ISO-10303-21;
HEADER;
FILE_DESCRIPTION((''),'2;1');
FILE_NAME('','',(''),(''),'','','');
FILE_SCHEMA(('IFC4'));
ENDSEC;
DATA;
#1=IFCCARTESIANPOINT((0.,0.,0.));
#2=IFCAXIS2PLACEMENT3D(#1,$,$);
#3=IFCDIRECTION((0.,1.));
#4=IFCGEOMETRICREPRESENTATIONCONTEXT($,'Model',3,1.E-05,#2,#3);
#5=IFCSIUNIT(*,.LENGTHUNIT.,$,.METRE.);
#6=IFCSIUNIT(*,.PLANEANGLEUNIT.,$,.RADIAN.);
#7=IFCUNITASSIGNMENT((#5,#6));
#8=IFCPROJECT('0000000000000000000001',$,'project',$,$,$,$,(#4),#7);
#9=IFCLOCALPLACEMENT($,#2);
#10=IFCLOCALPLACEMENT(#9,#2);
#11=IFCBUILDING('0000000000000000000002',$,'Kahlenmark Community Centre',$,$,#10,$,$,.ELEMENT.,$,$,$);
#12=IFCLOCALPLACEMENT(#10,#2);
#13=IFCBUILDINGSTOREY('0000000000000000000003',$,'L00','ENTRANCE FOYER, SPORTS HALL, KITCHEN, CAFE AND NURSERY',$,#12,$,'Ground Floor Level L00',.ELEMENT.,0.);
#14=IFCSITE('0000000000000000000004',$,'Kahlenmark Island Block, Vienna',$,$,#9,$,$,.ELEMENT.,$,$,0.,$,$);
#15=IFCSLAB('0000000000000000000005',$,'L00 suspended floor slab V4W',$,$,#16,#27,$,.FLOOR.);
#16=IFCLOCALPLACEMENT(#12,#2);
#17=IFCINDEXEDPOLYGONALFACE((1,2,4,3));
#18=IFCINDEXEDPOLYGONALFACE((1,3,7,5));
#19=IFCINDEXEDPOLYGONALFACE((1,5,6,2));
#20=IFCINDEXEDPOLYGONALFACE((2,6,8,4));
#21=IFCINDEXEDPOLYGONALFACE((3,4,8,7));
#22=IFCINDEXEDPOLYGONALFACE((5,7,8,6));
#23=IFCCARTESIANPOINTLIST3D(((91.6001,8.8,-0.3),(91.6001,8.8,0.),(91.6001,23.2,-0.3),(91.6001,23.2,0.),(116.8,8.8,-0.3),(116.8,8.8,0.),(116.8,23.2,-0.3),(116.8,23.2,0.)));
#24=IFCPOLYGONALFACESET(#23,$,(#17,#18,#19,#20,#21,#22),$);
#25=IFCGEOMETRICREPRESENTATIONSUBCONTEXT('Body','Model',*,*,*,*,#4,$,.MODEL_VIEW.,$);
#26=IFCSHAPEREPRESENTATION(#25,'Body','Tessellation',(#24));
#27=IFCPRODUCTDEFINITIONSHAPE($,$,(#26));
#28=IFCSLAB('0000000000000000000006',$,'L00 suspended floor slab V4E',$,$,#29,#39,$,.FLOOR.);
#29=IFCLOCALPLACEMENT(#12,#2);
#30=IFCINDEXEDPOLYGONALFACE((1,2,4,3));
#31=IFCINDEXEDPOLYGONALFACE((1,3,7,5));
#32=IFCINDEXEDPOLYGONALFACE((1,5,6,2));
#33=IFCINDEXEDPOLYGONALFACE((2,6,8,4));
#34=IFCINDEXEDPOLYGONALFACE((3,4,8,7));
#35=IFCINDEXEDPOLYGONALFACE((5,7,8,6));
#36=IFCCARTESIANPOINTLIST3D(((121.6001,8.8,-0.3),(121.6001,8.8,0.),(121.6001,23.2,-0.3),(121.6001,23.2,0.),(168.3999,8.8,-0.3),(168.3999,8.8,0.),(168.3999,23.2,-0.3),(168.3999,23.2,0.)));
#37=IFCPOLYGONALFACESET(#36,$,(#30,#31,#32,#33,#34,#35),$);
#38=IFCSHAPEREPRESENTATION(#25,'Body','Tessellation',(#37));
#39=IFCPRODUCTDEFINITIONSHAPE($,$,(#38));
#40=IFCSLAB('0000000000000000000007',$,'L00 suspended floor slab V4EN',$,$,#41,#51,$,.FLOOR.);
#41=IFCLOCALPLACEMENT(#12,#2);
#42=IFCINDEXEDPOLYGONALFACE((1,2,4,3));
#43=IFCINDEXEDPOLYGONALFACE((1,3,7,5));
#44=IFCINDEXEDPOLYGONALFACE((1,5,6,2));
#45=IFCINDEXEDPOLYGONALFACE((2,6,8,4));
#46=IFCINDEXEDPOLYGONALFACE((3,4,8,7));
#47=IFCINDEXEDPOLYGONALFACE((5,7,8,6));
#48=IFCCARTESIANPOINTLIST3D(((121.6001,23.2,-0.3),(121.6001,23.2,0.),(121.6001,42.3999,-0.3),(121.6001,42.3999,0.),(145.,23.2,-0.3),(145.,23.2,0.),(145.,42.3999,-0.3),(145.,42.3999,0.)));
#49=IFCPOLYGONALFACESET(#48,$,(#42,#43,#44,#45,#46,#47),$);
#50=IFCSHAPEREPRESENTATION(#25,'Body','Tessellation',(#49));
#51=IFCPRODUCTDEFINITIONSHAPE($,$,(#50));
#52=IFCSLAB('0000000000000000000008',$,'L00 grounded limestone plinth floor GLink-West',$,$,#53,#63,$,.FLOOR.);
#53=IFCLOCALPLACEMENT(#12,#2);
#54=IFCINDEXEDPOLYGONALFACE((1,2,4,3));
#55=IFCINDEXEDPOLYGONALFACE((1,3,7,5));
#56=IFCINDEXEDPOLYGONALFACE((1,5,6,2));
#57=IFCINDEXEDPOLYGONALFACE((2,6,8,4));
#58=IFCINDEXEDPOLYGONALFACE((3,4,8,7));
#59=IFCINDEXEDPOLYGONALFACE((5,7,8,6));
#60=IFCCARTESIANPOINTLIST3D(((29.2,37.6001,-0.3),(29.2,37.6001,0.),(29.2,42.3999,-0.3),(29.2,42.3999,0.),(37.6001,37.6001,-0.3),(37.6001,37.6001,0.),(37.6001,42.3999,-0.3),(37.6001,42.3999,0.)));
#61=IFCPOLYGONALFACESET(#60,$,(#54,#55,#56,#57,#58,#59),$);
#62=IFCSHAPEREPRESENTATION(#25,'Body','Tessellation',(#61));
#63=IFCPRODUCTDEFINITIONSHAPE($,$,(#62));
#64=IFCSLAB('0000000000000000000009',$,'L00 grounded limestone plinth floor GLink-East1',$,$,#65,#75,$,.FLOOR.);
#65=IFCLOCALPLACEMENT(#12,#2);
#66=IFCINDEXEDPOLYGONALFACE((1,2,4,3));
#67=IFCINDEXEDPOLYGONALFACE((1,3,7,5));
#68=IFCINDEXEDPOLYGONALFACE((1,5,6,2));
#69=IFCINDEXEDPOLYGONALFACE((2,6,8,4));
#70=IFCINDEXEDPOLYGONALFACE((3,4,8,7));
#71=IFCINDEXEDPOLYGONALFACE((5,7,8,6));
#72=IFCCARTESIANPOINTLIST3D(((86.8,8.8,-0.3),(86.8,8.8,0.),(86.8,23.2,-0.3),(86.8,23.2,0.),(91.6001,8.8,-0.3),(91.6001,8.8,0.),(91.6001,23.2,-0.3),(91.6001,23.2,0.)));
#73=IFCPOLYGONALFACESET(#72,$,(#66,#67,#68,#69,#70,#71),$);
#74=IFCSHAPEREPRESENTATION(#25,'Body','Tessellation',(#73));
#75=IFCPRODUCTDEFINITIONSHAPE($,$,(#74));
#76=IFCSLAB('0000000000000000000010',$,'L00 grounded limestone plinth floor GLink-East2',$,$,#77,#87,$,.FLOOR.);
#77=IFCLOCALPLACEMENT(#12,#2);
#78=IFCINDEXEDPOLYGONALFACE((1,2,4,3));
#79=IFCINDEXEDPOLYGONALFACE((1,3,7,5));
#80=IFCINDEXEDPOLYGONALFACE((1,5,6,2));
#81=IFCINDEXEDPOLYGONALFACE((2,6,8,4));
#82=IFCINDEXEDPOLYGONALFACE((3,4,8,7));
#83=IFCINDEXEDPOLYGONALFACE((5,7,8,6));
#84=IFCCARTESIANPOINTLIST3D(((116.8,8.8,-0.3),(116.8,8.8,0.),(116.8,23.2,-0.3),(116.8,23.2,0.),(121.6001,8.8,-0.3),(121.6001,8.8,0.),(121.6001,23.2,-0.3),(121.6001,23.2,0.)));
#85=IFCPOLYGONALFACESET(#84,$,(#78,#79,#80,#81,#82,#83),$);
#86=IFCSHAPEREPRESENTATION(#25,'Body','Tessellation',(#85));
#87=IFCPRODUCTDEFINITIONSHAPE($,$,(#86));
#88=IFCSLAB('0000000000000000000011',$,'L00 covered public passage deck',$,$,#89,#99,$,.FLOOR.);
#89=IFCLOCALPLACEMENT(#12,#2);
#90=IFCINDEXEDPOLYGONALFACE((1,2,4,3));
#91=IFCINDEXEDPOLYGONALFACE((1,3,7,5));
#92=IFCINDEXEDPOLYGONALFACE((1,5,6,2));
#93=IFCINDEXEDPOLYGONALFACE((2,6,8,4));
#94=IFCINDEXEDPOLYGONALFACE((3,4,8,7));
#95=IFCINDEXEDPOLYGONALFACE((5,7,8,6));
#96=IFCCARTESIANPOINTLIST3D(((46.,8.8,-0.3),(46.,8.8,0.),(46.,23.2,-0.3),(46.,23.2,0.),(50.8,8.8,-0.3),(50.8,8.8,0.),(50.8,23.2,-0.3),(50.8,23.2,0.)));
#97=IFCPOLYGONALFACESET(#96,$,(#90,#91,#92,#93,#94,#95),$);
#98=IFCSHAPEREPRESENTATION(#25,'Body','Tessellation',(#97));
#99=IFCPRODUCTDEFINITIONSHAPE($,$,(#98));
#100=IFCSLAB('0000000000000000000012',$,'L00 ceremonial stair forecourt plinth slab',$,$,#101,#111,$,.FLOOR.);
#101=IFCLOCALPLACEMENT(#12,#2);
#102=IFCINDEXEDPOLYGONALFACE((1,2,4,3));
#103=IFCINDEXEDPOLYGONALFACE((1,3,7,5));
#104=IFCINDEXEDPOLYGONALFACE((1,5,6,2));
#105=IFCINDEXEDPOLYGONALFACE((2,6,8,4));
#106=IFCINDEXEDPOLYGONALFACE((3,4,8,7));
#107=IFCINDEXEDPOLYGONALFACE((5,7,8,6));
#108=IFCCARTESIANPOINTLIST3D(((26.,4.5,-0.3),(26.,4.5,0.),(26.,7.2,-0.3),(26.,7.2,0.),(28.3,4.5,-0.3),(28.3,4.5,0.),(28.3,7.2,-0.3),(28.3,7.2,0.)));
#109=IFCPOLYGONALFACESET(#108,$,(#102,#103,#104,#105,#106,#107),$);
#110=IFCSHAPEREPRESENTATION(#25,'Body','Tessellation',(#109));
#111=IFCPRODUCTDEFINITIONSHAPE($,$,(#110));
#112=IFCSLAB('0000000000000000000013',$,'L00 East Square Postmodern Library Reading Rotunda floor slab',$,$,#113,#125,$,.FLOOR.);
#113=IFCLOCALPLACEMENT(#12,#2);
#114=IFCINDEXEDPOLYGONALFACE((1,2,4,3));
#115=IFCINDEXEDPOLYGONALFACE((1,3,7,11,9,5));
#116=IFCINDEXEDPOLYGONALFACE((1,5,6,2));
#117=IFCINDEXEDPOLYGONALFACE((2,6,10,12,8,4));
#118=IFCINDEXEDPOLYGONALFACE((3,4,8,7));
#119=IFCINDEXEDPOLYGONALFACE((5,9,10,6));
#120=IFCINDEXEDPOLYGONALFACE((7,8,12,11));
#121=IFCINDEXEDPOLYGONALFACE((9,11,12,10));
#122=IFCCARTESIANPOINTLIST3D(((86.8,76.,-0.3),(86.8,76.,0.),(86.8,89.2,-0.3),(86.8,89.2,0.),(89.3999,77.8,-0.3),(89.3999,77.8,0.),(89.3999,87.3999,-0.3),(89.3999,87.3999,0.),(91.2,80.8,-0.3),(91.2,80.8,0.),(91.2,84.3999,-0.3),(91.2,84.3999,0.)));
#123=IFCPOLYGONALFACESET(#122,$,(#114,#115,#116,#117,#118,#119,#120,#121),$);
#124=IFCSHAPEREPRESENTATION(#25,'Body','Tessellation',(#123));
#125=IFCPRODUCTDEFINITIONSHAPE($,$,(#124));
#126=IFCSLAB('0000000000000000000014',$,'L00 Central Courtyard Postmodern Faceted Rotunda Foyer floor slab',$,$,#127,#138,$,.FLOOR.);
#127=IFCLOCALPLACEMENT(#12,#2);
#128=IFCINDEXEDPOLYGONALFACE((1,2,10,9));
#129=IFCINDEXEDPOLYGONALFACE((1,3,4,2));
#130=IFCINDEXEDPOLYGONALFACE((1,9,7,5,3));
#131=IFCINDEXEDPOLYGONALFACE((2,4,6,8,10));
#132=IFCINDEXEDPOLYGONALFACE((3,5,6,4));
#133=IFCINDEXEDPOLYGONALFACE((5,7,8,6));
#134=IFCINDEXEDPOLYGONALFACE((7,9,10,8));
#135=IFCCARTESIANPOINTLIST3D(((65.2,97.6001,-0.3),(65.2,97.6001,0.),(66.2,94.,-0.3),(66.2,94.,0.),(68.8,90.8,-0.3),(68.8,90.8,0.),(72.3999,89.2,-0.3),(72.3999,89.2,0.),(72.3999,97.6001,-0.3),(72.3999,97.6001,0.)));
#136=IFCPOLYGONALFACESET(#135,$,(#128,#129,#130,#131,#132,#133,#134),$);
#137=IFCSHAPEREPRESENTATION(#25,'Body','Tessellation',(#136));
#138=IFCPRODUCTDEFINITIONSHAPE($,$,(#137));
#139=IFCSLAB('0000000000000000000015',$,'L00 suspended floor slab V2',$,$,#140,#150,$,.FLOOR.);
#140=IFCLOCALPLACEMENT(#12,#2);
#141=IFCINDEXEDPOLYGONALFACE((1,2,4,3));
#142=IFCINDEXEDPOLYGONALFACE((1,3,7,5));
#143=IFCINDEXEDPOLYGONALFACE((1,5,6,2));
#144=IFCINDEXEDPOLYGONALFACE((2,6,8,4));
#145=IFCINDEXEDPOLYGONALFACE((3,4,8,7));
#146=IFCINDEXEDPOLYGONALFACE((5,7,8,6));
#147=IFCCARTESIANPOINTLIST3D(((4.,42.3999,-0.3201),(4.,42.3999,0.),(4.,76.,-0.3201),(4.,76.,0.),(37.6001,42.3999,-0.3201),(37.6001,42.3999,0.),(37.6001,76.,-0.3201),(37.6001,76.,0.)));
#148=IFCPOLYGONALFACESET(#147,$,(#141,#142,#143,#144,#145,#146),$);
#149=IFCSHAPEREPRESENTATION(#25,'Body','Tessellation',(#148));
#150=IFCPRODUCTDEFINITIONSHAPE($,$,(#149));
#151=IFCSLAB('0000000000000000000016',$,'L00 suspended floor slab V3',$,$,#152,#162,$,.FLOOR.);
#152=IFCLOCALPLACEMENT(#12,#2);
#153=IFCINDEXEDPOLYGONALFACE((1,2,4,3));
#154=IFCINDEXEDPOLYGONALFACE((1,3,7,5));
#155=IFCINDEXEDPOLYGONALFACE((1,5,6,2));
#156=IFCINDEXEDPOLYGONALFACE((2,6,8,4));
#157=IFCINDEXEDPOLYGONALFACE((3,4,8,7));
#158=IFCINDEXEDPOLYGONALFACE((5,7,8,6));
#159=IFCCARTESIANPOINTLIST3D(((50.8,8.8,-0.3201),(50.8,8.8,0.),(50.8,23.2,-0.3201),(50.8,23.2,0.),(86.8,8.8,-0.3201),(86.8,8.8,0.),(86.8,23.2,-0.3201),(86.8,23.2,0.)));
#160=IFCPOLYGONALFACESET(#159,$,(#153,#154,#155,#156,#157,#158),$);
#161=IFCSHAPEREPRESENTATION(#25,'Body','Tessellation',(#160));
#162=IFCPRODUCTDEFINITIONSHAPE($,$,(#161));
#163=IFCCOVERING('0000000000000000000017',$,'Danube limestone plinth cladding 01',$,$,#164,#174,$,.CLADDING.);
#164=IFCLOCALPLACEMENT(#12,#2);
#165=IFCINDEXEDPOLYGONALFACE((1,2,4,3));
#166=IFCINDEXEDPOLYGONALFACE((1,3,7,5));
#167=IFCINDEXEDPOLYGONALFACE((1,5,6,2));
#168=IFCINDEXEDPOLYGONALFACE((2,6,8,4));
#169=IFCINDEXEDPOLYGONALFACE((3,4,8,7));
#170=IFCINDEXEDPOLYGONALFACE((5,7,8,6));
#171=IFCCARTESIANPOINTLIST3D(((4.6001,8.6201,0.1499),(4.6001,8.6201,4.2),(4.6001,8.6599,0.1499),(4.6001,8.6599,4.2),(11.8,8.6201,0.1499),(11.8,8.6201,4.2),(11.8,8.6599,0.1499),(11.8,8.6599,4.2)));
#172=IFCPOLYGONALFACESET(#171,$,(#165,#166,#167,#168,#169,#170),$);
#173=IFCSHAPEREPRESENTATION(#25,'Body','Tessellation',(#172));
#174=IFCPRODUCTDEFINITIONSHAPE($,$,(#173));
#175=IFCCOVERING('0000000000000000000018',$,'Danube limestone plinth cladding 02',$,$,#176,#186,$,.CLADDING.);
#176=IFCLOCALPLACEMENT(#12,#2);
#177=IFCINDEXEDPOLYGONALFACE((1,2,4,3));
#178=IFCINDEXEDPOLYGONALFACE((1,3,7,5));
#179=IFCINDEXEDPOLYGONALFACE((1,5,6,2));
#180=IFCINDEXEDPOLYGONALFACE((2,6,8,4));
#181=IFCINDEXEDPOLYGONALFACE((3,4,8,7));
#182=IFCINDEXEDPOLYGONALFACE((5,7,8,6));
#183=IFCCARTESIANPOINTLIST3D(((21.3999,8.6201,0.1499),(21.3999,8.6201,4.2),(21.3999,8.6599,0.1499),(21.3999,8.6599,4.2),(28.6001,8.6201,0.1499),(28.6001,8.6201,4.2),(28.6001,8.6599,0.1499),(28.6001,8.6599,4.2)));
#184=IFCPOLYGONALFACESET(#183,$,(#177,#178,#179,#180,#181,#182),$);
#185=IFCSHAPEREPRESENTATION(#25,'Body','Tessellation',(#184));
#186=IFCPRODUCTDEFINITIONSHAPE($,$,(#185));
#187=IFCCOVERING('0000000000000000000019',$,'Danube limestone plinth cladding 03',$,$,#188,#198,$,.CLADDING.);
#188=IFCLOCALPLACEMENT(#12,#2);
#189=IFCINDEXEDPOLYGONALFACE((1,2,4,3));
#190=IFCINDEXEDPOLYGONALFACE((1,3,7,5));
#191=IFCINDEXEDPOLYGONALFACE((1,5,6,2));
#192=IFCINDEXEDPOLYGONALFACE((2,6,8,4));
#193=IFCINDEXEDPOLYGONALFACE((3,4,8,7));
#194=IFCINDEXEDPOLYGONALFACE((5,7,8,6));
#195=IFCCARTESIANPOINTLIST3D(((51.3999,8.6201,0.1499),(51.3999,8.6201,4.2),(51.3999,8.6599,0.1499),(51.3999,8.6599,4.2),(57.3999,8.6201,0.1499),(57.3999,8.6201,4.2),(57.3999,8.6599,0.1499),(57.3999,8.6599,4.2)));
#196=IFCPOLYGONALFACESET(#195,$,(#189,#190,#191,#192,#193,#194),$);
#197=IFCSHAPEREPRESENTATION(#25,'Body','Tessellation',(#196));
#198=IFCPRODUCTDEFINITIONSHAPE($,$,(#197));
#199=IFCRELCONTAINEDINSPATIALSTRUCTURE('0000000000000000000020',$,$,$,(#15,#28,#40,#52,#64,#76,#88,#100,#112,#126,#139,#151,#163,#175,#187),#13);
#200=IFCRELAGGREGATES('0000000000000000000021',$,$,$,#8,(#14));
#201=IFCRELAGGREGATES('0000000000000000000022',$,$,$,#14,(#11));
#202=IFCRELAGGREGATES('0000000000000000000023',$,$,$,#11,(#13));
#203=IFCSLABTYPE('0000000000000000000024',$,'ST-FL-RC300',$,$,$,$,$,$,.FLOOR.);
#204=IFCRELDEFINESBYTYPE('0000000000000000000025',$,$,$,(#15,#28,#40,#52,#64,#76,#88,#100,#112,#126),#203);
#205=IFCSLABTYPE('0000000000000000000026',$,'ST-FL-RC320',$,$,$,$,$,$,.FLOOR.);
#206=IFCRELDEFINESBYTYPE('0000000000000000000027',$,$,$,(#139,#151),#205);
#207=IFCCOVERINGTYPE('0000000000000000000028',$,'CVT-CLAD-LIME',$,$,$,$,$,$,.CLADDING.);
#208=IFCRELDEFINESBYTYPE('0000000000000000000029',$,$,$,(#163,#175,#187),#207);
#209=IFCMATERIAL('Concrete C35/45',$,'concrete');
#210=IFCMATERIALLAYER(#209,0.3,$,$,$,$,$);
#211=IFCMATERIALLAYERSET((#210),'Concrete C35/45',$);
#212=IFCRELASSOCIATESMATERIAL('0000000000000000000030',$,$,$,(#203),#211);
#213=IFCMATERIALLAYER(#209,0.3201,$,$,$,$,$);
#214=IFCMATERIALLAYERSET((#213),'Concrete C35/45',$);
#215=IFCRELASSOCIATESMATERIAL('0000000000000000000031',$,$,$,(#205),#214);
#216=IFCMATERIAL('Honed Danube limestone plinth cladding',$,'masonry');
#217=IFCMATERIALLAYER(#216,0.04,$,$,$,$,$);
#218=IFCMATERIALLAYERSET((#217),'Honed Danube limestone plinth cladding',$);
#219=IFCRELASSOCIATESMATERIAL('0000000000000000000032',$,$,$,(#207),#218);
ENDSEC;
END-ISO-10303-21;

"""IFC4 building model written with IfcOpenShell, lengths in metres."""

from ifc_helpers import new_model, si_unit, direction, frame, origin, place, context, subcontext, project, spatial, polyline, outline, extrude, material, layer, layer_set, type_object, element, save


model = new_model("IFC4")

# Units and contexts
model_context = context("Model", 3, precision=1e-05, world=origin(), true_north=direction((0.0, 1.0)))
body_context = subcontext(model_context, "Body", "Model", "MODEL_VIEW")
ifc_project = project(units=[si_unit("LENGTHUNIT", "METRE"), si_unit("PLANEANGLEUNIT", "RADIAN")], contexts=[model_context])

# Site, building, storey
site_placement = place(None, origin())
site = spatial("IfcSite", under=ifc_project, at=site_placement, Name="Kahlenmark Island Block, Vienna", CompositionType="ELEMENT", RefElevation=0.0)
building_placement = place(site_placement, origin())
building = spatial("IfcBuilding", under=site, at=building_placement, Name="Kahlenmark Community Centre", CompositionType="ELEMENT")
storey_placement = place(building_placement, origin())
storey = spatial("IfcBuildingStorey", under=building, at=storey_placement, Name="L00", Description="ENTRANCE FOYER, SPORTS HALL, KITCHEN, CAFE AND NURSERY", LongName="Ground Floor Level L00", CompositionType="ELEMENT", Elevation=0.0)

# Shared definitions
ifc_material_1 = material(Name="Concrete C35/45", Category="concrete")

# Slabs
ifc_layer_1 = layer(ifc_material_1, 0.3)
ifc_layer_set_1 = layer_set([ifc_layer_1], Name="Concrete C35/45")
slab_type_1 = type_object("IfcSlabType", Name="ST-FL-RC300", PredefinedType="FLOOR", material=ifc_layer_set_1)
slab_1_placement = place(storey_placement, frame((0.0, 0.0, -0.3)))
element("IfcSlab", 1, at=slab_1_placement, inside=storey, type_object=slab_type_1, Name="L00 suspended floor slab V4W", PredefinedType="FLOOR", context=body_context, shape_type="SweptSolid", body=[
    extrude(outline(polyline([(91.6001, 8.8), (116.8, 8.8), (116.8, 23.2), (91.6001, 23.2), (91.6001, 8.8)])), origin(), (0.0, 0.0, 1.0), 0.3),
])
slab_2_placement = place(storey_placement, frame((0.0, 0.0, -0.3)))
element("IfcSlab", 2, at=slab_2_placement, inside=storey, type_object=slab_type_1, Name="L00 suspended floor slab V4E", PredefinedType="FLOOR", context=body_context, shape_type="SweptSolid", body=[
    extrude(outline(polyline([(121.6001, 8.8), (168.3999, 8.8), (168.3999, 23.2), (121.6001, 23.2), (121.6001, 8.8)])), origin(), (0.0, 0.0, 1.0), 0.3),
])
slab_3_placement = place(storey_placement, frame((0.0, 0.0, -0.3)))
element("IfcSlab", 3, at=slab_3_placement, inside=storey, type_object=slab_type_1, Name="L00 suspended floor slab V4EN", PredefinedType="FLOOR", context=body_context, shape_type="SweptSolid", body=[
    extrude(outline(polyline([(121.6001, 23.2), (145.0, 23.2), (145.0, 42.3999), (121.6001, 42.3999), (121.6001, 23.2)])), origin(), (0.0, 0.0, 1.0), 0.3),
])
slab_4_placement = place(storey_placement, frame((0.0, 0.0, -0.3)))
element("IfcSlab", 4, at=slab_4_placement, inside=storey, type_object=slab_type_1, Name="L00 grounded limestone plinth floor GLink-West", PredefinedType="FLOOR", context=body_context, shape_type="SweptSolid", body=[
    extrude(outline(polyline([(29.2, 37.6001), (37.6001, 37.6001), (37.6001, 42.3999), (29.2, 42.3999), (29.2, 37.6001)])), origin(), (0.0, 0.0, 1.0), 0.3),
])
slab_5_placement = place(storey_placement, frame((0.0, 0.0, -0.3)))
element("IfcSlab", 5, at=slab_5_placement, inside=storey, type_object=slab_type_1, Name="L00 grounded limestone plinth floor GLink-East1", PredefinedType="FLOOR", context=body_context, shape_type="SweptSolid", body=[
    extrude(outline(polyline([(86.8, 8.8), (91.6001, 8.8), (91.6001, 23.2), (86.8, 23.2), (86.8, 8.8)])), origin(), (0.0, 0.0, 1.0), 0.3),
])
slab_6_placement = place(storey_placement, frame((0.0, 0.0, -0.3)))
element("IfcSlab", 6, at=slab_6_placement, inside=storey, type_object=slab_type_1, Name="L00 grounded limestone plinth floor GLink-East2", PredefinedType="FLOOR", context=body_context, shape_type="SweptSolid", body=[
    extrude(outline(polyline([(116.8, 8.8), (121.6001, 8.8), (121.6001, 23.2), (116.8, 23.2), (116.8, 8.8)])), origin(), (0.0, 0.0, 1.0), 0.3),
])
slab_7_placement = place(storey_placement, frame((0.0, 0.0, -0.3)))
element("IfcSlab", 7, at=slab_7_placement, inside=storey, type_object=slab_type_1, Name="L00 covered public passage deck", PredefinedType="FLOOR", context=body_context, shape_type="SweptSolid", body=[
    extrude(outline(polyline([(46.0, 8.8), (50.8, 8.8), (50.8, 23.2), (46.0, 23.2), (46.0, 8.8)])), origin(), (0.0, 0.0, 1.0), 0.3),
])
slab_8_placement = place(storey_placement, frame((0.0, 0.0, -0.3)))
element("IfcSlab", 8, at=slab_8_placement, inside=storey, type_object=slab_type_1, Name="L00 ceremonial stair forecourt plinth slab", PredefinedType="FLOOR", context=body_context, shape_type="SweptSolid", body=[
    extrude(outline(polyline([(26.0, 4.5), (28.3, 4.5), (28.3, 7.2), (26.0, 7.2), (26.0, 4.5)])), origin(), (0.0, 0.0, 1.0), 0.3),
])
slab_9_placement = place(storey_placement, frame((0.0, 0.0, -0.3)))
element("IfcSlab", 9, at=slab_9_placement, inside=storey, type_object=slab_type_1, Name="L00 East Square Postmodern Library Reading Rotunda floor slab", PredefinedType="FLOOR", context=body_context, shape_type="SweptSolid", body=[
    extrude(outline(polyline([(86.8, 76.0), (89.3999, 77.8), (91.2, 80.8), (91.2, 84.3999), (89.3999, 87.3999), (86.8, 89.2), (86.8, 76.0)])), origin(), (0.0, 0.0, 1.0), 0.3),
])
slab_10_placement = place(storey_placement, frame((0.0, 0.0, -0.3)))
element("IfcSlab", 10, at=slab_10_placement, inside=storey, type_object=slab_type_1, Name="L00 Central Courtyard Postmodern Faceted Rotunda Foyer floor slab", PredefinedType="FLOOR", context=body_context, shape_type="SweptSolid", body=[
    extrude(outline(polyline([(65.2, 97.6001), (66.2, 94.0), (68.8, 90.8), (72.3999, 89.2), (72.3999, 97.6001), (65.2, 97.6001)])), origin(), (0.0, 0.0, 1.0), 0.3),
])
ifc_layer_2 = layer(ifc_material_1, 0.3201)
ifc_layer_set_2 = layer_set([ifc_layer_2], Name="Concrete C35/45")
slab_type_2 = type_object("IfcSlabType", Name="ST-FL-RC320", PredefinedType="FLOOR", material=ifc_layer_set_2)
slab_11_placement = place(storey_placement, frame((0.0, 0.0, -0.3201)))
element("IfcSlab", 11, at=slab_11_placement, inside=storey, type_object=slab_type_2, Name="L00 suspended floor slab V2", PredefinedType="FLOOR", context=body_context, shape_type="SweptSolid", body=[
    extrude(outline(polyline([(4.0, 42.3999), (37.6001, 42.3999), (37.6001, 76.0), (4.0, 76.0), (4.0, 42.3999)])), origin(), (0.0, 0.0, 1.0), 0.3201),
])
slab_12_placement = place(storey_placement, frame((0.0, 0.0, -0.3201)))
element("IfcSlab", 12, at=slab_12_placement, inside=storey, type_object=slab_type_2, Name="L00 suspended floor slab V3", PredefinedType="FLOOR", context=body_context, shape_type="SweptSolid", body=[
    extrude(outline(polyline([(50.8, 8.8), (86.8, 8.8), (86.8, 23.2), (50.8, 23.2), (50.8, 8.8)])), origin(), (0.0, 0.0, 1.0), 0.3201),
])

# Coverings
ifc_material_2 = material(Name="Honed Danube limestone plinth cladding", Category="masonry")
ifc_layer_3 = layer(ifc_material_2, 0.04)
ifc_layer_set_3 = layer_set([ifc_layer_3], Name="Honed Danube limestone plinth cladding")
covering_type = type_object("IfcCoveringType", Name="CVT-CLAD-LIME", PredefinedType="CLADDING", material=ifc_layer_set_3)
covering_1_placement = place(storey_placement, frame((0.0, 0.0, 0.1499)))
element("IfcCovering", 13, at=covering_1_placement, inside=storey, type_object=covering_type, Name="Danube limestone plinth cladding 01", PredefinedType="CLADDING", context=body_context, shape_type="SweptSolid", body=[
    extrude(outline(polyline([(4.6001, 8.6201), (11.8, 8.6201), (11.8, 8.6599), (4.6001, 8.6599), (4.6001, 8.6201)])), origin(), (0.0, 0.0, 1.0), 4.05),
])
covering_2_placement = place(storey_placement, frame((0.0, 0.0, 0.1499)))
element("IfcCovering", 14, at=covering_2_placement, inside=storey, type_object=covering_type, Name="Danube limestone plinth cladding 02", PredefinedType="CLADDING", context=body_context, shape_type="SweptSolid", body=[
    extrude(outline(polyline([(21.3999, 8.6201), (28.6001, 8.6201), (28.6001, 8.6599), (21.3999, 8.6599), (21.3999, 8.6201)])), origin(), (0.0, 0.0, 1.0), 4.05),
])
covering_3_placement = place(storey_placement, frame((0.0, 0.0, 0.1499)))
element("IfcCovering", 15, at=covering_3_placement, inside=storey, type_object=covering_type, Name="Danube limestone plinth cladding 03", PredefinedType="CLADDING", context=body_context, shape_type="SweptSolid", body=[
    extrude(outline(polyline([(51.3999, 8.6201), (57.3999, 8.6201), (57.3999, 8.6599), (51.3999, 8.6599), (51.3999, 8.6201)])), origin(), (0.0, 0.0, 1.0), 4.05),
])

save(model, "model.ifc")
